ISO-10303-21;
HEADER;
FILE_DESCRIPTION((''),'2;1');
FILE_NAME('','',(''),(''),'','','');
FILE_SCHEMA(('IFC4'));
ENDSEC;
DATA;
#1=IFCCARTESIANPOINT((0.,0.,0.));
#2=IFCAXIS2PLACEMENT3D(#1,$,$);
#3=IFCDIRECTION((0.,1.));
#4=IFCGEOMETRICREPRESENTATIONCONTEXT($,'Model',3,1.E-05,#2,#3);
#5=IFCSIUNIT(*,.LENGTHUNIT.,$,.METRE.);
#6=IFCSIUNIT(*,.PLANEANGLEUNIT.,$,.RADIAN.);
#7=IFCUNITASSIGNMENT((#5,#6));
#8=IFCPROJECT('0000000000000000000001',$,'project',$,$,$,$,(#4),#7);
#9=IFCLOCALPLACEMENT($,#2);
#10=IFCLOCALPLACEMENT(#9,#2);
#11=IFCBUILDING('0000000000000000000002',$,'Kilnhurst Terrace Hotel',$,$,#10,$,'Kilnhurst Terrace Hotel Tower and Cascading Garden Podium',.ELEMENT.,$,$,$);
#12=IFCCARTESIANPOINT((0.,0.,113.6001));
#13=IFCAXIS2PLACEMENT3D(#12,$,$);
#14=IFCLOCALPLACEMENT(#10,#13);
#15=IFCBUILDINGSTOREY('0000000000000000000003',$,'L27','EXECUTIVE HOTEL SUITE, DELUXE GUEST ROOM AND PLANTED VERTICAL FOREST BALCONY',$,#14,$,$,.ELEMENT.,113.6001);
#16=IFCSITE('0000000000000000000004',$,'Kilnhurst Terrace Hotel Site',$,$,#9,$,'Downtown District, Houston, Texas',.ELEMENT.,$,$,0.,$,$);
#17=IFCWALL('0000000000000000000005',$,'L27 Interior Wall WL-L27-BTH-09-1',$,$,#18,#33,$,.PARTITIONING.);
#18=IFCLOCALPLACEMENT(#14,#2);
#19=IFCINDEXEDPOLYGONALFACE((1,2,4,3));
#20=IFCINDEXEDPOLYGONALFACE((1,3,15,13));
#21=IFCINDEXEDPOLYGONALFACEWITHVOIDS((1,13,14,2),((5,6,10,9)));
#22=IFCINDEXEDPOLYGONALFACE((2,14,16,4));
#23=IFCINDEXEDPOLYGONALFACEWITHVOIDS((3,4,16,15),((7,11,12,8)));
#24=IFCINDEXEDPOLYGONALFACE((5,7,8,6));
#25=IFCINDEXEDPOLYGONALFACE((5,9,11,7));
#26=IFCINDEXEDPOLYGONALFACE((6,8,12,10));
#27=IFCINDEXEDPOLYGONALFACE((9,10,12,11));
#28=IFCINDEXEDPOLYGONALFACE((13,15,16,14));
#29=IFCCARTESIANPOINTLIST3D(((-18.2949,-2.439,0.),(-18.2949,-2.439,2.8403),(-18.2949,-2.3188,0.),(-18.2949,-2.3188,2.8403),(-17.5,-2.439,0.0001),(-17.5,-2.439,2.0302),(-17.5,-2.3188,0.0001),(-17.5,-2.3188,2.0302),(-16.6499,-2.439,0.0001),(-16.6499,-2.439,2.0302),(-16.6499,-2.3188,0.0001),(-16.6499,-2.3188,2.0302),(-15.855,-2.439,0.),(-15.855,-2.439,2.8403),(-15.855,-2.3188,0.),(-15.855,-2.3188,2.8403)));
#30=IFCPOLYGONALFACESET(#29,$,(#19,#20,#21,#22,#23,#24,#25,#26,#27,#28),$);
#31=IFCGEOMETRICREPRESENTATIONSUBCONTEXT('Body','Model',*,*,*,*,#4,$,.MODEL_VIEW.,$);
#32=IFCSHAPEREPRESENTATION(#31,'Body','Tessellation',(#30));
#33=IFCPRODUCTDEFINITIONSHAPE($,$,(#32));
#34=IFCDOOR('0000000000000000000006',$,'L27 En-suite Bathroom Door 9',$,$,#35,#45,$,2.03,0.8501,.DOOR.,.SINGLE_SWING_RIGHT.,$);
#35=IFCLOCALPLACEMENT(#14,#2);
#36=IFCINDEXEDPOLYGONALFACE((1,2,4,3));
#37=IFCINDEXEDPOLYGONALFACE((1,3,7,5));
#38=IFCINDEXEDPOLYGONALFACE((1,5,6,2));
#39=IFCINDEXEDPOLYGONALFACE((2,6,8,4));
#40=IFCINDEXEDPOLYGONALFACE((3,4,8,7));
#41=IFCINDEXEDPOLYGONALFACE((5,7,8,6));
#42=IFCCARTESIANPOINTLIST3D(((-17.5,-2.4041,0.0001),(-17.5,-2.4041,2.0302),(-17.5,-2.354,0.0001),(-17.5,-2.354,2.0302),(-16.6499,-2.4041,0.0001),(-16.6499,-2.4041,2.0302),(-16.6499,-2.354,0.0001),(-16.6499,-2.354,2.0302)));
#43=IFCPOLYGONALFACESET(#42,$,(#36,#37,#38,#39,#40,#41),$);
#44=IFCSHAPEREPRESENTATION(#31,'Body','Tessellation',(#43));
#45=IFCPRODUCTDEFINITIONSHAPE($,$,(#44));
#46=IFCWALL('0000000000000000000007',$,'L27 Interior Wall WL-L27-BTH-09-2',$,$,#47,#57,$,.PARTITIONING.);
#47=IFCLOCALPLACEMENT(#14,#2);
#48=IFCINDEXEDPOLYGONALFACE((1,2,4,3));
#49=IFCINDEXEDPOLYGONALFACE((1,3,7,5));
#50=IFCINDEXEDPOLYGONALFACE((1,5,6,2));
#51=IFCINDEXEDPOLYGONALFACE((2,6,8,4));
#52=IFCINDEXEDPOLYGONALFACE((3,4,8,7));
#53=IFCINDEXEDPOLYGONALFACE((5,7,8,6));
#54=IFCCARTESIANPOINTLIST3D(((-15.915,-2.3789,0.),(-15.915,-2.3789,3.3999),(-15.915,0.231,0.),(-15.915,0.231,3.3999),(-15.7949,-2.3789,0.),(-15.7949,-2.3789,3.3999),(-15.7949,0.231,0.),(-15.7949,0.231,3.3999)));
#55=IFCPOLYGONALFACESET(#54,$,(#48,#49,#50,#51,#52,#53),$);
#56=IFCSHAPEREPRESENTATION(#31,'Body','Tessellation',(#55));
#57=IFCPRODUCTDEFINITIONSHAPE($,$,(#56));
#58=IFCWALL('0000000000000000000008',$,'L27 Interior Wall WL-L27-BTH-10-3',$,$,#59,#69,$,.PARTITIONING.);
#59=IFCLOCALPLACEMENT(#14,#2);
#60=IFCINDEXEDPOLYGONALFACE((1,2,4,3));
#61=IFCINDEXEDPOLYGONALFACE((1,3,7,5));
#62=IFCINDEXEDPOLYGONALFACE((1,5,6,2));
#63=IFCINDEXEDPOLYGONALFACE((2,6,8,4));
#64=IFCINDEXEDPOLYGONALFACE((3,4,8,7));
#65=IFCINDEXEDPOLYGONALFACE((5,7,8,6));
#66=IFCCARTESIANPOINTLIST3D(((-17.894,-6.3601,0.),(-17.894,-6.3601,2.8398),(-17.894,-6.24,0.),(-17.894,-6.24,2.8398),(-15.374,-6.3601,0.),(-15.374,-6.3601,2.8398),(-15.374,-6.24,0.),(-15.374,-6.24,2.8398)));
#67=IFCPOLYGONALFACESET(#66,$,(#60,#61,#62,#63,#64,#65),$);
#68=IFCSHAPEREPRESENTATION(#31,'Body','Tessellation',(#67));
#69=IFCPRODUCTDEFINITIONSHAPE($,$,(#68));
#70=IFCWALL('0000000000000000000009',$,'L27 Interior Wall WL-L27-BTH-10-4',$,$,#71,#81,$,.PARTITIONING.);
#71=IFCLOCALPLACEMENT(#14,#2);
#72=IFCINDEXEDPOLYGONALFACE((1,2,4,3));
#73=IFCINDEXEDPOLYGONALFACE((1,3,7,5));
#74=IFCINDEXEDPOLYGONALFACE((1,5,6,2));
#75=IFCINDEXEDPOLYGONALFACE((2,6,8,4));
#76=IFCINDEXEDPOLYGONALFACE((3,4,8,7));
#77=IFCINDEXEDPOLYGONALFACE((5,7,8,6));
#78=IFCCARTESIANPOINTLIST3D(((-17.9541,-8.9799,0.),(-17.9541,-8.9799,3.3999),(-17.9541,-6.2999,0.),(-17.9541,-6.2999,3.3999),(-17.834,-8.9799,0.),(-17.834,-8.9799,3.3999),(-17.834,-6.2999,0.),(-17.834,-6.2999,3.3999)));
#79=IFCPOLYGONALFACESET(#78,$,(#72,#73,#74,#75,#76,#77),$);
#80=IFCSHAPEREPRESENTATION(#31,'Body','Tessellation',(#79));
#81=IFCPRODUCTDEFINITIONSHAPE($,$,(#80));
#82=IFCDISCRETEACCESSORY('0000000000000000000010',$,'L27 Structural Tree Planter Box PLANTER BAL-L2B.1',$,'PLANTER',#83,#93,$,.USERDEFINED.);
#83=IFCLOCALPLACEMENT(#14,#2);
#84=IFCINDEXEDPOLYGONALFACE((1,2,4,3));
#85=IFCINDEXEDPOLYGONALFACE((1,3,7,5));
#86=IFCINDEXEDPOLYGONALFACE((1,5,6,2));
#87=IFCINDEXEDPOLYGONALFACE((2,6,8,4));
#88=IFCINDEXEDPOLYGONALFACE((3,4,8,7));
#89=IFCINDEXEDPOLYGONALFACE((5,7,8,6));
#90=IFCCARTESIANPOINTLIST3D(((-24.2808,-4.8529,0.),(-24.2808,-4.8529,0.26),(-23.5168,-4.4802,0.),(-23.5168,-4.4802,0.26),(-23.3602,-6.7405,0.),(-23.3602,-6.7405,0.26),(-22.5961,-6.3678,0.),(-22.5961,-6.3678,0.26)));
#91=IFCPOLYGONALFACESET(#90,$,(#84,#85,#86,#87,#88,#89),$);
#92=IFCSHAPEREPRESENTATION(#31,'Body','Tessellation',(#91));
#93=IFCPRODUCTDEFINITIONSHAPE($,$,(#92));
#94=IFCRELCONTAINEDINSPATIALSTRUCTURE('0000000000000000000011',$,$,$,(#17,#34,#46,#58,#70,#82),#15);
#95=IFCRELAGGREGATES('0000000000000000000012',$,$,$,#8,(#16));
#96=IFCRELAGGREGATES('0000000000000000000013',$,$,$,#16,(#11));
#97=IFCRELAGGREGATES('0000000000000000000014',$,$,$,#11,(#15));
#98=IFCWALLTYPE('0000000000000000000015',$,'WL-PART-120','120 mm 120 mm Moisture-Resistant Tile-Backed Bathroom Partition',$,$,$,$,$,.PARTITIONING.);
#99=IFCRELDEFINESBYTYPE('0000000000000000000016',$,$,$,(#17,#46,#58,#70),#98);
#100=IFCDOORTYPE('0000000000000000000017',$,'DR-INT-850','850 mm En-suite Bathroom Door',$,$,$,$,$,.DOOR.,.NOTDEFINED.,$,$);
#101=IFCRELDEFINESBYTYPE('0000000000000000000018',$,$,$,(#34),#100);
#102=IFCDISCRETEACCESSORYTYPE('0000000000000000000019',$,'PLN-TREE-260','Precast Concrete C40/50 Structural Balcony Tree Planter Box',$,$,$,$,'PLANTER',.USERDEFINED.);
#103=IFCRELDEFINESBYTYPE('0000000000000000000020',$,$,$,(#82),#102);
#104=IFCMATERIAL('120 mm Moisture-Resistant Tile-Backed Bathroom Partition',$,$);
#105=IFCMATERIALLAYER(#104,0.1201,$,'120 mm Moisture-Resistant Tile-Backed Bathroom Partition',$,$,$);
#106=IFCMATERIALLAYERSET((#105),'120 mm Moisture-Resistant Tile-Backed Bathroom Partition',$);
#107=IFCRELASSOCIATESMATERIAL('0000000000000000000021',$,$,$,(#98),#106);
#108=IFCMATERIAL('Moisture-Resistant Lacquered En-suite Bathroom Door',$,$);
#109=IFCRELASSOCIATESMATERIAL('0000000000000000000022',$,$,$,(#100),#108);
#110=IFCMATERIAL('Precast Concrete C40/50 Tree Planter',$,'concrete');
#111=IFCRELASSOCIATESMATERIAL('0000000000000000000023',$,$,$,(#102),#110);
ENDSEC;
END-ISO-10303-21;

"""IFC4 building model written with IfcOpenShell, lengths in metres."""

from ifc_helpers import new_model, si_unit, direction, frame, frame_2d, origin, origin_2d, place, context, subcontext, project, spatial, rectangle, extrude, material, layer, layer_set, type_object, element, fill, save


model = new_model("IFC4")

# Units and contexts
model_context = context("Model", 3, precision=1e-05, world=origin(), true_north=direction((0.0, 1.0)))
body_context = subcontext(model_context, "Body", "Model", "MODEL_VIEW")
ifc_project = project(units=[si_unit("LENGTHUNIT", "METRE"), si_unit("PLANEANGLEUNIT", "RADIAN")], contexts=[model_context])

# Site, building, storey
site_placement = place(None, origin())
site = spatial("IfcSite", under=ifc_project, at=site_placement, Name="Kilnhurst Terrace Hotel Site", LongName="Downtown District, Houston, Texas", CompositionType="ELEMENT", RefElevation=0.0)
building_placement = place(site_placement, origin())
building = spatial("IfcBuilding", under=site, at=building_placement, Name="Kilnhurst Terrace Hotel", LongName="Kilnhurst Terrace Hotel Tower and Cascading Garden Podium", CompositionType="ELEMENT")
storey_placement = place(building_placement, frame((0.0, 0.0, 113.6001)))
storey = spatial("IfcBuildingStorey", under=building, at=storey_placement, Name="L27", Description="EXECUTIVE HOTEL SUITE, DELUXE GUEST ROOM AND PLANTED VERTICAL FOREST BALCONY", CompositionType="ELEMENT", Elevation=113.6001)

# Wall, opening, door
ifc_material_1 = material(Name="120 mm Moisture-Resistant Tile-Backed Bathroom Partition")
ifc_layer_1 = layer(ifc_material_1, 0.1201, Name="120 mm Moisture-Resistant Tile-Backed Bathroom Partition")
ifc_layer_set_1 = layer_set([ifc_layer_1], Name="120 mm Moisture-Resistant Tile-Backed Bathroom Partition")
wall_type_1 = type_object("IfcWallType", Name="WL-PART-120", Description="120 mm 120 mm Moisture-Resistant Tile-Backed Bathroom Partition", PredefinedType="PARTITIONING", material=ifc_layer_set_1)
wall_1_placement = place(storey_placement, frame((-18.2949, -2.3789, 0.0), z_axis=(0.0, 0.0, 1.0), x_axis=(1.0, 0.0, 0.0)))
wall_1 = element("IfcWall", 1, at=wall_1_placement, inside=storey, type_object=wall_type_1, Name="L27 Interior Wall WL-L27-BTH-09-1", PredefinedType="PARTITIONING", context=body_context, shape_type="SweptSolid", body=[
    extrude(rectangle(XDim=2.4399, YDim=0.1201, at=frame_2d((1.22, 0.0))), origin(), (0.0, 0.0, 1.0), 2.8403),
])
opening_1_placement = place(wall_1_placement, frame((0.7949, 0.0, 0.0)))
opening_1 = element("IfcOpeningElement", 2, at=opening_1_placement, cuts=wall_1, PredefinedType="OPENING", context=body_context, shape_type="SweptSolid", body=[
    extrude(rectangle(XDim=0.8501, YDim=2.03, at=frame_2d((0.425, 1.0151))), frame((0.0, 0.0701, 0.0), z_axis=(0.0, -1.0, 0.0), x_axis=(1.0, 0.0, 0.0)), (0.0, 0.0, 1.0), 0.1401),
])
ifc_material_2 = material(Name="Moisture-Resistant Lacquered En-suite Bathroom Door")
door_type_1 = type_object("IfcDoorType", Name="DR-INT-850", Description="850 mm En-suite Bathroom Door", OperationType="NOTDEFINED", PredefinedType="DOOR", material=ifc_material_2)
door_1_placement = place(opening_1_placement, origin())
door_1 = element("IfcDoor", 3, at=door_1_placement, inside=storey, type_object=door_type_1, Name="L27 En-suite Bathroom Door 9", OperationType="SINGLE_SWING_RIGHT", OverallHeight=2.03, OverallWidth=0.8501, PredefinedType="DOOR", context=body_context, shape_type="SweptSolid", body=[
    extrude(rectangle(XDim=0.8501, YDim=2.03, at=frame_2d((0.425, 1.0151))), frame((0.0, 0.0249, 0.0), z_axis=(0.0, -1.0, 0.0), x_axis=(1.0, 0.0, 0.0)), (0.0, 0.0, 1.0), 0.05),
])
fill(opening_1, door_1)

# Walls
wall_2_placement = place(storey_placement, frame((-15.855, -2.3789, 0.0), z_axis=(0.0, 0.0, 1.0), x_axis=(0.0, 1.0, 0.0)))
element("IfcWall", 4, at=wall_2_placement, inside=storey, type_object=wall_type_1, Name="L27 Interior Wall WL-L27-BTH-09-2", PredefinedType="PARTITIONING", context=body_context, shape_type="SweptSolid", body=[
    extrude(rectangle(XDim=2.6099, YDim=0.1201, at=frame_2d((1.3049, 0.0))), origin(), (0.0, 0.0, 1.0), 3.3999),
])
wall_3_placement = place(storey_placement, frame((-15.374, -6.3, 0.0), z_axis=(0.0, 0.0, 1.0), x_axis=(-1.0, 0.0, 0.0)))
element("IfcWall", 5, at=wall_3_placement, inside=storey, type_object=wall_type_1, Name="L27 Interior Wall WL-L27-BTH-10-3", PredefinedType="PARTITIONING", context=body_context, shape_type="SweptSolid", body=[
    extrude(rectangle(XDim=2.52, YDim=0.1201, at=frame_2d((1.26, 0.0))), origin(), (0.0, 0.0, 1.0), 2.8398),
])
wall_4_placement = place(storey_placement, frame((-17.894, -6.3, 0.0), z_axis=(0.0, 0.0, 1.0), x_axis=(0.0, -1.0, 0.0)))
element("IfcWall", 6, at=wall_4_placement, inside=storey, type_object=wall_type_1, Name="L27 Interior Wall WL-L27-BTH-10-4", PredefinedType="PARTITIONING", context=body_context, shape_type="SweptSolid", body=[
    extrude(rectangle(XDim=2.6799, YDim=0.1201, at=frame_2d((1.3398, 0.0))), origin(), (0.0, 0.0, 1.0), 3.3999),
])

# Discrete accessory
ifc_material_3 = material(Name="Precast Concrete C40/50 Tree Planter", Category="concrete")
discrete_accessory_type = type_object("IfcDiscreteAccessoryType", Name="PLN-TREE-260", Description="Precast Concrete C40/50 Structural Balcony Tree Planter Box", ElementType="PLANTER", PredefinedType="USERDEFINED", material=ifc_material_3)
discrete_accessory_placement = place(storey_placement, frame((-23.4385, -5.6104, 0.0), z_axis=(0.0, 0.0, 1.0), x_axis=(0.438387, -0.898786, 0.0)))
element("IfcDiscreteAccessory", 7, at=discrete_accessory_placement, inside=storey, type_object=discrete_accessory_type, Name="L27 Structural Tree Planter Box PLANTER BAL-L2B.1", ObjectType="PLANTER", PredefinedType="USERDEFINED", context=body_context, shape_type="SweptSolid", body=[
    extrude(rectangle(XDim=2.1001, YDim=0.8501, at=origin_2d()), origin(), (0.0, 0.0, 1.0), 0.26),
])

save(model, "model.ifc")
